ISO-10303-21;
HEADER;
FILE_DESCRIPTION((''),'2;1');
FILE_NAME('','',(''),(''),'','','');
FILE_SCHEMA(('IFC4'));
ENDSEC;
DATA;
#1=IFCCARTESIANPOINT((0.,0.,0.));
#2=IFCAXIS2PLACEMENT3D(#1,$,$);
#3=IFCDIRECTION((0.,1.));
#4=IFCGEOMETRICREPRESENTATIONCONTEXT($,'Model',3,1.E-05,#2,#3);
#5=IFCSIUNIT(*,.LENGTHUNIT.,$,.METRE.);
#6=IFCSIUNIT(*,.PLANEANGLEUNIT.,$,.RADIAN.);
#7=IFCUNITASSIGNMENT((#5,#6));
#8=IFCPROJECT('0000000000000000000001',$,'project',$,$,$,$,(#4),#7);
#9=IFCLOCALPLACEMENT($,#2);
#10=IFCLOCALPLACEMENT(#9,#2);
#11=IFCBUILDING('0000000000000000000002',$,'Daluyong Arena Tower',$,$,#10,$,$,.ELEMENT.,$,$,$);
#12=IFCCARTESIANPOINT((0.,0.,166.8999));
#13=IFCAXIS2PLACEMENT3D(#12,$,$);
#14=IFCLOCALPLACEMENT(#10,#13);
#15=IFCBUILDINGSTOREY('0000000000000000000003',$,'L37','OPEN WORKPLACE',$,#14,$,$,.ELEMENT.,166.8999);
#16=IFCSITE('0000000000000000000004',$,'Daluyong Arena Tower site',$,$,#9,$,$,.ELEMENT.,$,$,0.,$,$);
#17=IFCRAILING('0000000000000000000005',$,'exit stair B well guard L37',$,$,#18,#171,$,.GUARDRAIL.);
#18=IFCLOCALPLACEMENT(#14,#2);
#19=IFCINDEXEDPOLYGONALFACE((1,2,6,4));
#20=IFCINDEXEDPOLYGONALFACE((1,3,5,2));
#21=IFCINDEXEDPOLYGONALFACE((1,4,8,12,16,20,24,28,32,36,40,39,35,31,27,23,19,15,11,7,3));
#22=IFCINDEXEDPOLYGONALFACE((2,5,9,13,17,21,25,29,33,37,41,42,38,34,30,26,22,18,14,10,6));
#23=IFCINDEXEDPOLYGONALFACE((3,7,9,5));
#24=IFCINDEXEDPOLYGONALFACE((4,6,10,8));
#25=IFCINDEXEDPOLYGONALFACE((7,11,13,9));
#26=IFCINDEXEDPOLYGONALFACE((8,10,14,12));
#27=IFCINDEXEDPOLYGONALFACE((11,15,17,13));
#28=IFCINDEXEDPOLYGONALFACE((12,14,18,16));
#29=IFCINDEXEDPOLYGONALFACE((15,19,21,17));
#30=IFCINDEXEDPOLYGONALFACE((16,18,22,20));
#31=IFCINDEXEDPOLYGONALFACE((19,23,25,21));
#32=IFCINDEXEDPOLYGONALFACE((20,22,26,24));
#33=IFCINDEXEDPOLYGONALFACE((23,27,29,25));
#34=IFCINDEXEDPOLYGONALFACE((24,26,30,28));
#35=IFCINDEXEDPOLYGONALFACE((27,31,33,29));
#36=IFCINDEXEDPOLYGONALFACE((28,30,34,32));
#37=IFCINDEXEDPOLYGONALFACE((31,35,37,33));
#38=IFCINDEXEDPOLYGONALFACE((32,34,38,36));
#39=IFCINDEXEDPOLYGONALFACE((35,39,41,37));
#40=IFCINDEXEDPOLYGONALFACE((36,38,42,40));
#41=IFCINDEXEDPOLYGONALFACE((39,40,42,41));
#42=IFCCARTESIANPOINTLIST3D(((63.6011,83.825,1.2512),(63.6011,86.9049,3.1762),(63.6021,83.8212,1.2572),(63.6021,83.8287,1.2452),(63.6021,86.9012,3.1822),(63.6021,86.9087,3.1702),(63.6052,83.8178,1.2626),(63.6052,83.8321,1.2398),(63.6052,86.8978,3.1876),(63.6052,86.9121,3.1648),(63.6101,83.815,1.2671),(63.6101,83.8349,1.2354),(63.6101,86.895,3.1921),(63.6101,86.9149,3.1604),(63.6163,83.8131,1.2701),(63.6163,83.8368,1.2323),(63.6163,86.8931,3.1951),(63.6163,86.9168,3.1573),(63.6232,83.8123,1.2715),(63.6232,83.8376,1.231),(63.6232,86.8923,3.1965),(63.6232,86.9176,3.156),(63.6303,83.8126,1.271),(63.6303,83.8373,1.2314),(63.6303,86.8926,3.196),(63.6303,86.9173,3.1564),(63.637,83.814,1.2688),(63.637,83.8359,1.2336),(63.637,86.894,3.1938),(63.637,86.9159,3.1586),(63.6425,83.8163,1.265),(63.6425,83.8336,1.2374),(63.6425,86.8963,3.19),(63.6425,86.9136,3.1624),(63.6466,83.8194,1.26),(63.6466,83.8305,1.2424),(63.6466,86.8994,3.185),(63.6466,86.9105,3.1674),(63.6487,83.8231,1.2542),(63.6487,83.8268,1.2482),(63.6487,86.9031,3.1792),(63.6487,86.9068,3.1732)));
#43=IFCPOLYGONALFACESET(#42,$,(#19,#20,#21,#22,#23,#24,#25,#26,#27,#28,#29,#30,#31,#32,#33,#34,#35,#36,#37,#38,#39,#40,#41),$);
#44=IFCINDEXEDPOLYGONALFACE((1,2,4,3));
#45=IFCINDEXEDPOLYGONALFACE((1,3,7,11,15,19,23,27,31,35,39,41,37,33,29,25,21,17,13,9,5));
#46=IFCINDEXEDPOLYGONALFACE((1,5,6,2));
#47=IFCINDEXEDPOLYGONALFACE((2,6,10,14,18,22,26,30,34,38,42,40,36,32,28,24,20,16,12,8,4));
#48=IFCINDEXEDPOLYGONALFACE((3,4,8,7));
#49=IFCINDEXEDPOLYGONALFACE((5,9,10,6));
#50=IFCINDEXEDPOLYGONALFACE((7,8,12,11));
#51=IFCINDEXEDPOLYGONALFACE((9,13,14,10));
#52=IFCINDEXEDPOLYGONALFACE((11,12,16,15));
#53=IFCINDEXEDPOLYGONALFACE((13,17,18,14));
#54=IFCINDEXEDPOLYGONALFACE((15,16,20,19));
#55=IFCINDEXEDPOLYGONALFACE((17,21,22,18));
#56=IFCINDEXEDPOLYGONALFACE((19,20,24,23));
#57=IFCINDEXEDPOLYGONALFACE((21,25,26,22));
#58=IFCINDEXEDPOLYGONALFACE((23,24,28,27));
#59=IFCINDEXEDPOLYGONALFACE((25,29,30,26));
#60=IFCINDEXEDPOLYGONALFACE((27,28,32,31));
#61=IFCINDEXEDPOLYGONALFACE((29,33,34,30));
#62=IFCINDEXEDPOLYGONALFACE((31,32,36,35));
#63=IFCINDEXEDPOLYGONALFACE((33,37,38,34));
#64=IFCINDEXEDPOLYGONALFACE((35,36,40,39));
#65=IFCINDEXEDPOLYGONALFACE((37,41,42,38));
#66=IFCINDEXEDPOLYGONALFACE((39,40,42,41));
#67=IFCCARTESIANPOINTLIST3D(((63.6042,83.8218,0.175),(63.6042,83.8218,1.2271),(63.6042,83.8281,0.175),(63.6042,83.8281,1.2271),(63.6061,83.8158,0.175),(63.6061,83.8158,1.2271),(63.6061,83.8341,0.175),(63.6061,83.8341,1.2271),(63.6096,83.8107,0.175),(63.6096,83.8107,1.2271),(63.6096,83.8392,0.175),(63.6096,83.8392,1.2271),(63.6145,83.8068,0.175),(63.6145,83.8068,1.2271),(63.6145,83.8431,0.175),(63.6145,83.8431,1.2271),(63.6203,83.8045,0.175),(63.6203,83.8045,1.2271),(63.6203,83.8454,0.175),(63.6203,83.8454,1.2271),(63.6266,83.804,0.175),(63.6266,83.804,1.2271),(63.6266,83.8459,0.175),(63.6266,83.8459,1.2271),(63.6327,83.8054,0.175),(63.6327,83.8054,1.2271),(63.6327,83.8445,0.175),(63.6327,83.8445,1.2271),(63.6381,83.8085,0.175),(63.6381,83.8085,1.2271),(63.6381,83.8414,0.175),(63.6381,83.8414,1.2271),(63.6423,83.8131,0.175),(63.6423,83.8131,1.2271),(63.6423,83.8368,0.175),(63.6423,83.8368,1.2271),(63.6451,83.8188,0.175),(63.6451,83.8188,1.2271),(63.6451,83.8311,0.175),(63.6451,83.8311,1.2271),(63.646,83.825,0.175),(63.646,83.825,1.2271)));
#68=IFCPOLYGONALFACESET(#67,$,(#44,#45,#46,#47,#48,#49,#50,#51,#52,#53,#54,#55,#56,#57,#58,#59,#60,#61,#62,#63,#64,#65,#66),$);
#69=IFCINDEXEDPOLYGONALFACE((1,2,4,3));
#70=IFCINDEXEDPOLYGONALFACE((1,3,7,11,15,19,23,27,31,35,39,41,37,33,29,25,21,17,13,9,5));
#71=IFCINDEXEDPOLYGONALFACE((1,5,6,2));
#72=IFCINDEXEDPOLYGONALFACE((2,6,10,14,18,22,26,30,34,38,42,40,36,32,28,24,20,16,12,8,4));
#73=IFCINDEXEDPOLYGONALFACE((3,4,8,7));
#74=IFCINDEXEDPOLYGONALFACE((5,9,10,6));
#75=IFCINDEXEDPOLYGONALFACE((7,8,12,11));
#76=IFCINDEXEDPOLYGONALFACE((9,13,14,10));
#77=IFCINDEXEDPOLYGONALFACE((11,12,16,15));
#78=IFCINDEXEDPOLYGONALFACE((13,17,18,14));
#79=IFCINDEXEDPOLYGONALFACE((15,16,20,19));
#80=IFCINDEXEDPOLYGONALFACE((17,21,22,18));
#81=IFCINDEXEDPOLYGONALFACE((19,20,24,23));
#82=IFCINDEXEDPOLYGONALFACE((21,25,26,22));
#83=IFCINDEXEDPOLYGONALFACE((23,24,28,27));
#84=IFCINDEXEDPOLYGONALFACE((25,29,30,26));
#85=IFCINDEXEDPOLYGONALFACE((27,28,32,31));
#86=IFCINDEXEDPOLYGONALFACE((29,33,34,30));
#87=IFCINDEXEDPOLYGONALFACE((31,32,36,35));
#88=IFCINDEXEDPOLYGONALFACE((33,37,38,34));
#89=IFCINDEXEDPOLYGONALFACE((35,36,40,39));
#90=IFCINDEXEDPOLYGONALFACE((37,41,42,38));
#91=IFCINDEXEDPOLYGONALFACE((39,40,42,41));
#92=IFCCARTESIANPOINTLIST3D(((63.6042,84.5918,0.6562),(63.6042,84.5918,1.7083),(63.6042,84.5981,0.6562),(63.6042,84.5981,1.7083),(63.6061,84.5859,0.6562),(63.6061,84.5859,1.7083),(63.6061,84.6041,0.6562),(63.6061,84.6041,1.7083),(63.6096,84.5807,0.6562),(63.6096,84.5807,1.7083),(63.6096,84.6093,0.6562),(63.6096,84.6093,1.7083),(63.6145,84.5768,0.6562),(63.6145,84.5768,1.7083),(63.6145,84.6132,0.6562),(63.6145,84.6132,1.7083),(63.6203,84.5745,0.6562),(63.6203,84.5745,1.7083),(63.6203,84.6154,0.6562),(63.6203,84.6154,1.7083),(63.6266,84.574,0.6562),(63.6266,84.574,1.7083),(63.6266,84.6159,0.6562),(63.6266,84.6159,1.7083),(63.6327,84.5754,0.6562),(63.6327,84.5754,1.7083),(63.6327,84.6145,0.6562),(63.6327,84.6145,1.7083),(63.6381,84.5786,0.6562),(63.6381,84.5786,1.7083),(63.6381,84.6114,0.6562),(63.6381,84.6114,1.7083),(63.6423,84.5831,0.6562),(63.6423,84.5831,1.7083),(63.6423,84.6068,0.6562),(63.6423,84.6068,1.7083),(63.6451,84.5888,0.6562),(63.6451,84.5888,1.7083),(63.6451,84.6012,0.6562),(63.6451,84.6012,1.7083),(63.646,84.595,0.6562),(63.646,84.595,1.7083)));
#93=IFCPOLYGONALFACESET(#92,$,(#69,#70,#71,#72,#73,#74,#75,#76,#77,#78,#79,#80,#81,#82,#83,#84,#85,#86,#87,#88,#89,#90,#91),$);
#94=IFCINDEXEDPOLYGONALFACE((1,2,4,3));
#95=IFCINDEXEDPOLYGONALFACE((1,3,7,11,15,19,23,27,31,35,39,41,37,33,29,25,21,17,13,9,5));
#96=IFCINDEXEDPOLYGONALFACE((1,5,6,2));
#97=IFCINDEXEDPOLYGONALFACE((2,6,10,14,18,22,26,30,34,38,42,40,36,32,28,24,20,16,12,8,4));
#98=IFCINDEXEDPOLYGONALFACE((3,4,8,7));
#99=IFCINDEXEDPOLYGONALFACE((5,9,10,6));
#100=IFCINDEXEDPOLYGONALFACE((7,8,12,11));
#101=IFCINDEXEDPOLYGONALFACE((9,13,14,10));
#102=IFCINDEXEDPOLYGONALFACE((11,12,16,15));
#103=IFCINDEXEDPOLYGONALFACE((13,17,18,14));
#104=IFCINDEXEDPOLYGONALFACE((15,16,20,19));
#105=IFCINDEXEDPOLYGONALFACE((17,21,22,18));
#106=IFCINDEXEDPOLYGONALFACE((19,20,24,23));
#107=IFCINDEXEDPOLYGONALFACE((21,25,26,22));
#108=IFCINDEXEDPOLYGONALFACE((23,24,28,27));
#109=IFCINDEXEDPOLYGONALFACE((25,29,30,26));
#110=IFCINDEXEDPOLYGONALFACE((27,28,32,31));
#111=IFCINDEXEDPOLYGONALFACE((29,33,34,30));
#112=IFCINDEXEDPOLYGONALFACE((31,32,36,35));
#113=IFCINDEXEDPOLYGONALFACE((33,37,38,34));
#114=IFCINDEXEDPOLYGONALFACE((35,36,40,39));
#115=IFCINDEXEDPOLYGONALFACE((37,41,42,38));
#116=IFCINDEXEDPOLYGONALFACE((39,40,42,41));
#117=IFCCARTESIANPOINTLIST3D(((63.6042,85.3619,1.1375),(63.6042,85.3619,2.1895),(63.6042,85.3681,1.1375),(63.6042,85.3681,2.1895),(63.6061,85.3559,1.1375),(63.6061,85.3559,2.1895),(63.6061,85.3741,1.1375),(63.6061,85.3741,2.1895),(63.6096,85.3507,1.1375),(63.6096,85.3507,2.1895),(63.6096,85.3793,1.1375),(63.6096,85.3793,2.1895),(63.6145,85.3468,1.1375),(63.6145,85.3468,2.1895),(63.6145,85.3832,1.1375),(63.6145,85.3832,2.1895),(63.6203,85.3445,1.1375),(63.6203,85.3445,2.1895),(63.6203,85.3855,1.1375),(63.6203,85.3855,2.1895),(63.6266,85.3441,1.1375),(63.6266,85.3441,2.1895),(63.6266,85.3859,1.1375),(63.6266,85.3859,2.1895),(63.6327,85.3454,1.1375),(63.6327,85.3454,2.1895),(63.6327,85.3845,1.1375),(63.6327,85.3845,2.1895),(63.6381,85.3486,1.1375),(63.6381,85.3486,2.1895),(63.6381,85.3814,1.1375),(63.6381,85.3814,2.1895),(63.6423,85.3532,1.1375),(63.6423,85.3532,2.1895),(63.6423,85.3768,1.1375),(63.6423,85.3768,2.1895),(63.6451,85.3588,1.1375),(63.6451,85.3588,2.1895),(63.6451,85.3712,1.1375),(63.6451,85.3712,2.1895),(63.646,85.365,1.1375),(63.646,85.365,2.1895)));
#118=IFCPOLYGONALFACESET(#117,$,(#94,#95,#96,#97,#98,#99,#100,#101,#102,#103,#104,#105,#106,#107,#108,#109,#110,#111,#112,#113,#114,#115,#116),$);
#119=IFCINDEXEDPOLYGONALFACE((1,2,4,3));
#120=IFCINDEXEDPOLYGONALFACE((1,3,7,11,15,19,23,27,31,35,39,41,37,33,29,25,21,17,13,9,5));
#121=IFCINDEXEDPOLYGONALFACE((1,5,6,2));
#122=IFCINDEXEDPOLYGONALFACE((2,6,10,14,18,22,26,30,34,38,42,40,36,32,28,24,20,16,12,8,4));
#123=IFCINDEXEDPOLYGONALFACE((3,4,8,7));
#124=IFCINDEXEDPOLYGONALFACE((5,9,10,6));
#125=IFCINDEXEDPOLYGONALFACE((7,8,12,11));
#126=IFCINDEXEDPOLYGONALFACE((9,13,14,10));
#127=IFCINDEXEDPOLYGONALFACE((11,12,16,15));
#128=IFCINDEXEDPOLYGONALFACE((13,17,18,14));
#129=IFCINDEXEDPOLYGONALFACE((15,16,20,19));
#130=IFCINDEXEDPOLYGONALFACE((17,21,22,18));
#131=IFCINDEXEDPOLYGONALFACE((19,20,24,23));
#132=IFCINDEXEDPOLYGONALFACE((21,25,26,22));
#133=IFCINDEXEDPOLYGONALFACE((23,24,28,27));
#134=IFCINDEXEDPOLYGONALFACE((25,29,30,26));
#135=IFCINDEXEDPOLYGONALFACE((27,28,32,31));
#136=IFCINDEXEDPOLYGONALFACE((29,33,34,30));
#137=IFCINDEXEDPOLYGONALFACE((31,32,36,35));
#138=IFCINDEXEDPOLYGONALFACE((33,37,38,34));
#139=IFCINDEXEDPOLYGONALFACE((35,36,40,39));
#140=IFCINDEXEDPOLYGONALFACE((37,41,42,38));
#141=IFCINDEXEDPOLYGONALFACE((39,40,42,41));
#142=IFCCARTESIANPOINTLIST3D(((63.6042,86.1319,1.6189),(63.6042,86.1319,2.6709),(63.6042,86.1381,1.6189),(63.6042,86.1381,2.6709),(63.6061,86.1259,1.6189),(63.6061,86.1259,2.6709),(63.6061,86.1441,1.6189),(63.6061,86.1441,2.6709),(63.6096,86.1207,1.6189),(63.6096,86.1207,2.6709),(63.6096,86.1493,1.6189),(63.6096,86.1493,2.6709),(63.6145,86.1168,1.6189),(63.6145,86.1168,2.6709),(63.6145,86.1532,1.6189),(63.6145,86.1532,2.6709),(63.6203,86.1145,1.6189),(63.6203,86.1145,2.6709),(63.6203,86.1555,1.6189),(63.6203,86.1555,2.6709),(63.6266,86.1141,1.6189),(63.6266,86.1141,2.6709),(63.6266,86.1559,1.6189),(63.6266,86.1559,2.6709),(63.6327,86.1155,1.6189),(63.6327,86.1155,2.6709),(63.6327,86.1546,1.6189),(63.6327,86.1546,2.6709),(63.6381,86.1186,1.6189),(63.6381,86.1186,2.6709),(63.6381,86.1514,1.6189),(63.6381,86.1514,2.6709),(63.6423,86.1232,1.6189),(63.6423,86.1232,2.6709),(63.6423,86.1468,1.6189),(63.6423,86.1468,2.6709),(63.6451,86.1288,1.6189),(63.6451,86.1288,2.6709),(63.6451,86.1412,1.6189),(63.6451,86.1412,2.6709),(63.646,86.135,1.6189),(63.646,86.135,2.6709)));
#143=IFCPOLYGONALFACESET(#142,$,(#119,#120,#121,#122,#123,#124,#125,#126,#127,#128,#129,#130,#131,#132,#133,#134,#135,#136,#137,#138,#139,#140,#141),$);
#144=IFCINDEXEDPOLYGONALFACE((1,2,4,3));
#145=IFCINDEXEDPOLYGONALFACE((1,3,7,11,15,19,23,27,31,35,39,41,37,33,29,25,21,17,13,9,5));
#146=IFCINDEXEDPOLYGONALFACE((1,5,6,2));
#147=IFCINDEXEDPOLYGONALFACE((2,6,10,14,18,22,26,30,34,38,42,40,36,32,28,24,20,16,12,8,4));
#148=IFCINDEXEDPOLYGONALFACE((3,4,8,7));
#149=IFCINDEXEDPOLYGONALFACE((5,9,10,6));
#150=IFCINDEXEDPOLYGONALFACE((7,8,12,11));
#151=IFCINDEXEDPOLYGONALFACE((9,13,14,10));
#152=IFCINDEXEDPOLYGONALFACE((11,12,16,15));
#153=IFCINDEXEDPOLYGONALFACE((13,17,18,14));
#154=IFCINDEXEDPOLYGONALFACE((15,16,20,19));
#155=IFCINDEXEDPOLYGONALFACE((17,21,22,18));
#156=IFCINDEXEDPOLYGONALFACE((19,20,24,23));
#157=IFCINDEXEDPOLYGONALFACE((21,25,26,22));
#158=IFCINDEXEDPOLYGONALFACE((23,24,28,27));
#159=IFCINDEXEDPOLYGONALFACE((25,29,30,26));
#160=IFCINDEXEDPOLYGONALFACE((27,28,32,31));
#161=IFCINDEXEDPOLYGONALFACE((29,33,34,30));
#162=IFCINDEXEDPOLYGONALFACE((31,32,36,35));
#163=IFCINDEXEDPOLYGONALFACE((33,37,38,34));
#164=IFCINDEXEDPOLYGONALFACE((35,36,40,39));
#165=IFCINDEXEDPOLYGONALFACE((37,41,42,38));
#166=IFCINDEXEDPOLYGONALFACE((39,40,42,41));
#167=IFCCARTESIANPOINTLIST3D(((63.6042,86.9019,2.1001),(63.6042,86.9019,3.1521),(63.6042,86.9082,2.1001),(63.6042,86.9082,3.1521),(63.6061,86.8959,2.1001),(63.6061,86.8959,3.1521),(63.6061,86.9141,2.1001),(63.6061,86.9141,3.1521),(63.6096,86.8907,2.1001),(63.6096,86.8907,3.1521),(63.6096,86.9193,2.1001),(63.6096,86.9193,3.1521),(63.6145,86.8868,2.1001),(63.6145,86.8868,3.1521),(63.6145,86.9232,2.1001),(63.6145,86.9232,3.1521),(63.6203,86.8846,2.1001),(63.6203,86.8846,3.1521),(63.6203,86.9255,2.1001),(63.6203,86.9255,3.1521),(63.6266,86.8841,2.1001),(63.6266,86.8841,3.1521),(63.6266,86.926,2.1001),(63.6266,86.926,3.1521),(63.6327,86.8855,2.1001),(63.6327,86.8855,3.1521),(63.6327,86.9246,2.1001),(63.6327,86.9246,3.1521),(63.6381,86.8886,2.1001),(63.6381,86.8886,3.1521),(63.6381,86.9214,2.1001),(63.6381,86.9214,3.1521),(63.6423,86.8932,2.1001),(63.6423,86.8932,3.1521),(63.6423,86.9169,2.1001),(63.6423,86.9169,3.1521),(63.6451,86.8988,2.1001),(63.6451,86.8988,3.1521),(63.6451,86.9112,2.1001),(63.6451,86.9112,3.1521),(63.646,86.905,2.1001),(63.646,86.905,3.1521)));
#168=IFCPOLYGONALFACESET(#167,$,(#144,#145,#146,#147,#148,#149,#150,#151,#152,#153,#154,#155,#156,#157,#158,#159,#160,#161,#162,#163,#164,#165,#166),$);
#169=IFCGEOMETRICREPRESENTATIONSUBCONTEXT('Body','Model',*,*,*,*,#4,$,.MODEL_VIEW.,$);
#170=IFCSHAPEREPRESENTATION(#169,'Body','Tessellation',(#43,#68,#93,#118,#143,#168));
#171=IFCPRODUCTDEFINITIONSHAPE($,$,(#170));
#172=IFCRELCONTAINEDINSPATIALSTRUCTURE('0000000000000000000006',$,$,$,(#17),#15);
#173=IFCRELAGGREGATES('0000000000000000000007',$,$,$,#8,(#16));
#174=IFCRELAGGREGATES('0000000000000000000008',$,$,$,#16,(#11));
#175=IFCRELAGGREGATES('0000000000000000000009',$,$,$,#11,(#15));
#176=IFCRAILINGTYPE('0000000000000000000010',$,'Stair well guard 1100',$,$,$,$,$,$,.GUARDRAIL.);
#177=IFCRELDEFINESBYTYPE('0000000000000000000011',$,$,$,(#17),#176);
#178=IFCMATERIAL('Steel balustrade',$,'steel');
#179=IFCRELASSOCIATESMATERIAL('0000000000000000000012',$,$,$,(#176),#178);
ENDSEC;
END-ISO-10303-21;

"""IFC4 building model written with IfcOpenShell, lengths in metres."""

from ifc_helpers import new_model, si_unit, direction, frame, origin, origin_2d, place, context, subcontext, project, spatial, circle, extrude, material, type_object, element, save


model = new_model("IFC4")

# Units and contexts
model_context = context("Model", 3, precision=1e-05, world=origin(), true_north=direction((0.0, 1.0)))
body_context = subcontext(model_context, "Body", "Model", "MODEL_VIEW")
ifc_project = project(units=[si_unit("LENGTHUNIT", "METRE"), si_unit("PLANEANGLEUNIT", "RADIAN")], contexts=[model_context])

# Site, building, storey
site_placement = place(None, origin())
site = spatial("IfcSite", under=ifc_project, at=site_placement, Name="Daluyong Arena Tower site", CompositionType="ELEMENT", RefElevation=0.0)
building_placement = place(site_placement, origin())
building = spatial("IfcBuilding", under=site, at=building_placement, Name="Daluyong Arena Tower", CompositionType="ELEMENT")
storey_placement = place(building_placement, frame((0.0, 0.0, 166.8999)))
storey = spatial("IfcBuildingStorey", under=building, at=storey_placement, Name="L37", Description="OPEN WORKPLACE", CompositionType="ELEMENT", Elevation=166.8999)

# Railing
ifc_material_1 = material(Name="Steel balustrade", Category="steel")
railing_type_1 = type_object("IfcRailingType", Name="Stair well guard 1100", PredefinedType="GUARDRAIL", material=ifc_material_1)
railing_1_placement = place(storey_placement, frame((63.625, 83.825, 0.175)))
element("IfcRailing", 1, at=railing_1_placement, inside=storey, type_object=railing_type_1, Name="exit stair B well guard L37", PredefinedType="GUARDRAIL", context=body_context, shape_type="SweptSolid", body=[
    extrude(circle(Radius=0.0239, at=origin_2d()), frame((0.0, 0.0, 1.0762), z_axis=(0.0, 0.847998, 0.529999), x_axis=(-1.0, 0.0, 0.0)), (0.0, 0.0, 1.0), 3.6321),
    extrude(circle(Radius=0.021, at=origin_2d()), origin(), (0.0, 0.0, 1.0), 1.052),
    extrude(circle(Radius=0.021, at=origin_2d()), frame((0.0, 0.77, 0.4812)), (0.0, 0.0, 1.0), 1.052),
    extrude(circle(Radius=0.021, at=origin_2d()), frame((0.0, 1.54, 0.9624)), (0.0, 0.0, 1.0), 1.052),
    extrude(circle(Radius=0.021, at=origin_2d()), frame((0.0, 2.3101, 1.4438)), (0.0, 0.0, 1.0), 1.052),
    extrude(circle(Radius=0.021, at=origin_2d()), frame((0.0, 3.0801, 1.925)), (0.0, 0.0, 1.0), 1.052),
])

save(model, "model.ifc")
